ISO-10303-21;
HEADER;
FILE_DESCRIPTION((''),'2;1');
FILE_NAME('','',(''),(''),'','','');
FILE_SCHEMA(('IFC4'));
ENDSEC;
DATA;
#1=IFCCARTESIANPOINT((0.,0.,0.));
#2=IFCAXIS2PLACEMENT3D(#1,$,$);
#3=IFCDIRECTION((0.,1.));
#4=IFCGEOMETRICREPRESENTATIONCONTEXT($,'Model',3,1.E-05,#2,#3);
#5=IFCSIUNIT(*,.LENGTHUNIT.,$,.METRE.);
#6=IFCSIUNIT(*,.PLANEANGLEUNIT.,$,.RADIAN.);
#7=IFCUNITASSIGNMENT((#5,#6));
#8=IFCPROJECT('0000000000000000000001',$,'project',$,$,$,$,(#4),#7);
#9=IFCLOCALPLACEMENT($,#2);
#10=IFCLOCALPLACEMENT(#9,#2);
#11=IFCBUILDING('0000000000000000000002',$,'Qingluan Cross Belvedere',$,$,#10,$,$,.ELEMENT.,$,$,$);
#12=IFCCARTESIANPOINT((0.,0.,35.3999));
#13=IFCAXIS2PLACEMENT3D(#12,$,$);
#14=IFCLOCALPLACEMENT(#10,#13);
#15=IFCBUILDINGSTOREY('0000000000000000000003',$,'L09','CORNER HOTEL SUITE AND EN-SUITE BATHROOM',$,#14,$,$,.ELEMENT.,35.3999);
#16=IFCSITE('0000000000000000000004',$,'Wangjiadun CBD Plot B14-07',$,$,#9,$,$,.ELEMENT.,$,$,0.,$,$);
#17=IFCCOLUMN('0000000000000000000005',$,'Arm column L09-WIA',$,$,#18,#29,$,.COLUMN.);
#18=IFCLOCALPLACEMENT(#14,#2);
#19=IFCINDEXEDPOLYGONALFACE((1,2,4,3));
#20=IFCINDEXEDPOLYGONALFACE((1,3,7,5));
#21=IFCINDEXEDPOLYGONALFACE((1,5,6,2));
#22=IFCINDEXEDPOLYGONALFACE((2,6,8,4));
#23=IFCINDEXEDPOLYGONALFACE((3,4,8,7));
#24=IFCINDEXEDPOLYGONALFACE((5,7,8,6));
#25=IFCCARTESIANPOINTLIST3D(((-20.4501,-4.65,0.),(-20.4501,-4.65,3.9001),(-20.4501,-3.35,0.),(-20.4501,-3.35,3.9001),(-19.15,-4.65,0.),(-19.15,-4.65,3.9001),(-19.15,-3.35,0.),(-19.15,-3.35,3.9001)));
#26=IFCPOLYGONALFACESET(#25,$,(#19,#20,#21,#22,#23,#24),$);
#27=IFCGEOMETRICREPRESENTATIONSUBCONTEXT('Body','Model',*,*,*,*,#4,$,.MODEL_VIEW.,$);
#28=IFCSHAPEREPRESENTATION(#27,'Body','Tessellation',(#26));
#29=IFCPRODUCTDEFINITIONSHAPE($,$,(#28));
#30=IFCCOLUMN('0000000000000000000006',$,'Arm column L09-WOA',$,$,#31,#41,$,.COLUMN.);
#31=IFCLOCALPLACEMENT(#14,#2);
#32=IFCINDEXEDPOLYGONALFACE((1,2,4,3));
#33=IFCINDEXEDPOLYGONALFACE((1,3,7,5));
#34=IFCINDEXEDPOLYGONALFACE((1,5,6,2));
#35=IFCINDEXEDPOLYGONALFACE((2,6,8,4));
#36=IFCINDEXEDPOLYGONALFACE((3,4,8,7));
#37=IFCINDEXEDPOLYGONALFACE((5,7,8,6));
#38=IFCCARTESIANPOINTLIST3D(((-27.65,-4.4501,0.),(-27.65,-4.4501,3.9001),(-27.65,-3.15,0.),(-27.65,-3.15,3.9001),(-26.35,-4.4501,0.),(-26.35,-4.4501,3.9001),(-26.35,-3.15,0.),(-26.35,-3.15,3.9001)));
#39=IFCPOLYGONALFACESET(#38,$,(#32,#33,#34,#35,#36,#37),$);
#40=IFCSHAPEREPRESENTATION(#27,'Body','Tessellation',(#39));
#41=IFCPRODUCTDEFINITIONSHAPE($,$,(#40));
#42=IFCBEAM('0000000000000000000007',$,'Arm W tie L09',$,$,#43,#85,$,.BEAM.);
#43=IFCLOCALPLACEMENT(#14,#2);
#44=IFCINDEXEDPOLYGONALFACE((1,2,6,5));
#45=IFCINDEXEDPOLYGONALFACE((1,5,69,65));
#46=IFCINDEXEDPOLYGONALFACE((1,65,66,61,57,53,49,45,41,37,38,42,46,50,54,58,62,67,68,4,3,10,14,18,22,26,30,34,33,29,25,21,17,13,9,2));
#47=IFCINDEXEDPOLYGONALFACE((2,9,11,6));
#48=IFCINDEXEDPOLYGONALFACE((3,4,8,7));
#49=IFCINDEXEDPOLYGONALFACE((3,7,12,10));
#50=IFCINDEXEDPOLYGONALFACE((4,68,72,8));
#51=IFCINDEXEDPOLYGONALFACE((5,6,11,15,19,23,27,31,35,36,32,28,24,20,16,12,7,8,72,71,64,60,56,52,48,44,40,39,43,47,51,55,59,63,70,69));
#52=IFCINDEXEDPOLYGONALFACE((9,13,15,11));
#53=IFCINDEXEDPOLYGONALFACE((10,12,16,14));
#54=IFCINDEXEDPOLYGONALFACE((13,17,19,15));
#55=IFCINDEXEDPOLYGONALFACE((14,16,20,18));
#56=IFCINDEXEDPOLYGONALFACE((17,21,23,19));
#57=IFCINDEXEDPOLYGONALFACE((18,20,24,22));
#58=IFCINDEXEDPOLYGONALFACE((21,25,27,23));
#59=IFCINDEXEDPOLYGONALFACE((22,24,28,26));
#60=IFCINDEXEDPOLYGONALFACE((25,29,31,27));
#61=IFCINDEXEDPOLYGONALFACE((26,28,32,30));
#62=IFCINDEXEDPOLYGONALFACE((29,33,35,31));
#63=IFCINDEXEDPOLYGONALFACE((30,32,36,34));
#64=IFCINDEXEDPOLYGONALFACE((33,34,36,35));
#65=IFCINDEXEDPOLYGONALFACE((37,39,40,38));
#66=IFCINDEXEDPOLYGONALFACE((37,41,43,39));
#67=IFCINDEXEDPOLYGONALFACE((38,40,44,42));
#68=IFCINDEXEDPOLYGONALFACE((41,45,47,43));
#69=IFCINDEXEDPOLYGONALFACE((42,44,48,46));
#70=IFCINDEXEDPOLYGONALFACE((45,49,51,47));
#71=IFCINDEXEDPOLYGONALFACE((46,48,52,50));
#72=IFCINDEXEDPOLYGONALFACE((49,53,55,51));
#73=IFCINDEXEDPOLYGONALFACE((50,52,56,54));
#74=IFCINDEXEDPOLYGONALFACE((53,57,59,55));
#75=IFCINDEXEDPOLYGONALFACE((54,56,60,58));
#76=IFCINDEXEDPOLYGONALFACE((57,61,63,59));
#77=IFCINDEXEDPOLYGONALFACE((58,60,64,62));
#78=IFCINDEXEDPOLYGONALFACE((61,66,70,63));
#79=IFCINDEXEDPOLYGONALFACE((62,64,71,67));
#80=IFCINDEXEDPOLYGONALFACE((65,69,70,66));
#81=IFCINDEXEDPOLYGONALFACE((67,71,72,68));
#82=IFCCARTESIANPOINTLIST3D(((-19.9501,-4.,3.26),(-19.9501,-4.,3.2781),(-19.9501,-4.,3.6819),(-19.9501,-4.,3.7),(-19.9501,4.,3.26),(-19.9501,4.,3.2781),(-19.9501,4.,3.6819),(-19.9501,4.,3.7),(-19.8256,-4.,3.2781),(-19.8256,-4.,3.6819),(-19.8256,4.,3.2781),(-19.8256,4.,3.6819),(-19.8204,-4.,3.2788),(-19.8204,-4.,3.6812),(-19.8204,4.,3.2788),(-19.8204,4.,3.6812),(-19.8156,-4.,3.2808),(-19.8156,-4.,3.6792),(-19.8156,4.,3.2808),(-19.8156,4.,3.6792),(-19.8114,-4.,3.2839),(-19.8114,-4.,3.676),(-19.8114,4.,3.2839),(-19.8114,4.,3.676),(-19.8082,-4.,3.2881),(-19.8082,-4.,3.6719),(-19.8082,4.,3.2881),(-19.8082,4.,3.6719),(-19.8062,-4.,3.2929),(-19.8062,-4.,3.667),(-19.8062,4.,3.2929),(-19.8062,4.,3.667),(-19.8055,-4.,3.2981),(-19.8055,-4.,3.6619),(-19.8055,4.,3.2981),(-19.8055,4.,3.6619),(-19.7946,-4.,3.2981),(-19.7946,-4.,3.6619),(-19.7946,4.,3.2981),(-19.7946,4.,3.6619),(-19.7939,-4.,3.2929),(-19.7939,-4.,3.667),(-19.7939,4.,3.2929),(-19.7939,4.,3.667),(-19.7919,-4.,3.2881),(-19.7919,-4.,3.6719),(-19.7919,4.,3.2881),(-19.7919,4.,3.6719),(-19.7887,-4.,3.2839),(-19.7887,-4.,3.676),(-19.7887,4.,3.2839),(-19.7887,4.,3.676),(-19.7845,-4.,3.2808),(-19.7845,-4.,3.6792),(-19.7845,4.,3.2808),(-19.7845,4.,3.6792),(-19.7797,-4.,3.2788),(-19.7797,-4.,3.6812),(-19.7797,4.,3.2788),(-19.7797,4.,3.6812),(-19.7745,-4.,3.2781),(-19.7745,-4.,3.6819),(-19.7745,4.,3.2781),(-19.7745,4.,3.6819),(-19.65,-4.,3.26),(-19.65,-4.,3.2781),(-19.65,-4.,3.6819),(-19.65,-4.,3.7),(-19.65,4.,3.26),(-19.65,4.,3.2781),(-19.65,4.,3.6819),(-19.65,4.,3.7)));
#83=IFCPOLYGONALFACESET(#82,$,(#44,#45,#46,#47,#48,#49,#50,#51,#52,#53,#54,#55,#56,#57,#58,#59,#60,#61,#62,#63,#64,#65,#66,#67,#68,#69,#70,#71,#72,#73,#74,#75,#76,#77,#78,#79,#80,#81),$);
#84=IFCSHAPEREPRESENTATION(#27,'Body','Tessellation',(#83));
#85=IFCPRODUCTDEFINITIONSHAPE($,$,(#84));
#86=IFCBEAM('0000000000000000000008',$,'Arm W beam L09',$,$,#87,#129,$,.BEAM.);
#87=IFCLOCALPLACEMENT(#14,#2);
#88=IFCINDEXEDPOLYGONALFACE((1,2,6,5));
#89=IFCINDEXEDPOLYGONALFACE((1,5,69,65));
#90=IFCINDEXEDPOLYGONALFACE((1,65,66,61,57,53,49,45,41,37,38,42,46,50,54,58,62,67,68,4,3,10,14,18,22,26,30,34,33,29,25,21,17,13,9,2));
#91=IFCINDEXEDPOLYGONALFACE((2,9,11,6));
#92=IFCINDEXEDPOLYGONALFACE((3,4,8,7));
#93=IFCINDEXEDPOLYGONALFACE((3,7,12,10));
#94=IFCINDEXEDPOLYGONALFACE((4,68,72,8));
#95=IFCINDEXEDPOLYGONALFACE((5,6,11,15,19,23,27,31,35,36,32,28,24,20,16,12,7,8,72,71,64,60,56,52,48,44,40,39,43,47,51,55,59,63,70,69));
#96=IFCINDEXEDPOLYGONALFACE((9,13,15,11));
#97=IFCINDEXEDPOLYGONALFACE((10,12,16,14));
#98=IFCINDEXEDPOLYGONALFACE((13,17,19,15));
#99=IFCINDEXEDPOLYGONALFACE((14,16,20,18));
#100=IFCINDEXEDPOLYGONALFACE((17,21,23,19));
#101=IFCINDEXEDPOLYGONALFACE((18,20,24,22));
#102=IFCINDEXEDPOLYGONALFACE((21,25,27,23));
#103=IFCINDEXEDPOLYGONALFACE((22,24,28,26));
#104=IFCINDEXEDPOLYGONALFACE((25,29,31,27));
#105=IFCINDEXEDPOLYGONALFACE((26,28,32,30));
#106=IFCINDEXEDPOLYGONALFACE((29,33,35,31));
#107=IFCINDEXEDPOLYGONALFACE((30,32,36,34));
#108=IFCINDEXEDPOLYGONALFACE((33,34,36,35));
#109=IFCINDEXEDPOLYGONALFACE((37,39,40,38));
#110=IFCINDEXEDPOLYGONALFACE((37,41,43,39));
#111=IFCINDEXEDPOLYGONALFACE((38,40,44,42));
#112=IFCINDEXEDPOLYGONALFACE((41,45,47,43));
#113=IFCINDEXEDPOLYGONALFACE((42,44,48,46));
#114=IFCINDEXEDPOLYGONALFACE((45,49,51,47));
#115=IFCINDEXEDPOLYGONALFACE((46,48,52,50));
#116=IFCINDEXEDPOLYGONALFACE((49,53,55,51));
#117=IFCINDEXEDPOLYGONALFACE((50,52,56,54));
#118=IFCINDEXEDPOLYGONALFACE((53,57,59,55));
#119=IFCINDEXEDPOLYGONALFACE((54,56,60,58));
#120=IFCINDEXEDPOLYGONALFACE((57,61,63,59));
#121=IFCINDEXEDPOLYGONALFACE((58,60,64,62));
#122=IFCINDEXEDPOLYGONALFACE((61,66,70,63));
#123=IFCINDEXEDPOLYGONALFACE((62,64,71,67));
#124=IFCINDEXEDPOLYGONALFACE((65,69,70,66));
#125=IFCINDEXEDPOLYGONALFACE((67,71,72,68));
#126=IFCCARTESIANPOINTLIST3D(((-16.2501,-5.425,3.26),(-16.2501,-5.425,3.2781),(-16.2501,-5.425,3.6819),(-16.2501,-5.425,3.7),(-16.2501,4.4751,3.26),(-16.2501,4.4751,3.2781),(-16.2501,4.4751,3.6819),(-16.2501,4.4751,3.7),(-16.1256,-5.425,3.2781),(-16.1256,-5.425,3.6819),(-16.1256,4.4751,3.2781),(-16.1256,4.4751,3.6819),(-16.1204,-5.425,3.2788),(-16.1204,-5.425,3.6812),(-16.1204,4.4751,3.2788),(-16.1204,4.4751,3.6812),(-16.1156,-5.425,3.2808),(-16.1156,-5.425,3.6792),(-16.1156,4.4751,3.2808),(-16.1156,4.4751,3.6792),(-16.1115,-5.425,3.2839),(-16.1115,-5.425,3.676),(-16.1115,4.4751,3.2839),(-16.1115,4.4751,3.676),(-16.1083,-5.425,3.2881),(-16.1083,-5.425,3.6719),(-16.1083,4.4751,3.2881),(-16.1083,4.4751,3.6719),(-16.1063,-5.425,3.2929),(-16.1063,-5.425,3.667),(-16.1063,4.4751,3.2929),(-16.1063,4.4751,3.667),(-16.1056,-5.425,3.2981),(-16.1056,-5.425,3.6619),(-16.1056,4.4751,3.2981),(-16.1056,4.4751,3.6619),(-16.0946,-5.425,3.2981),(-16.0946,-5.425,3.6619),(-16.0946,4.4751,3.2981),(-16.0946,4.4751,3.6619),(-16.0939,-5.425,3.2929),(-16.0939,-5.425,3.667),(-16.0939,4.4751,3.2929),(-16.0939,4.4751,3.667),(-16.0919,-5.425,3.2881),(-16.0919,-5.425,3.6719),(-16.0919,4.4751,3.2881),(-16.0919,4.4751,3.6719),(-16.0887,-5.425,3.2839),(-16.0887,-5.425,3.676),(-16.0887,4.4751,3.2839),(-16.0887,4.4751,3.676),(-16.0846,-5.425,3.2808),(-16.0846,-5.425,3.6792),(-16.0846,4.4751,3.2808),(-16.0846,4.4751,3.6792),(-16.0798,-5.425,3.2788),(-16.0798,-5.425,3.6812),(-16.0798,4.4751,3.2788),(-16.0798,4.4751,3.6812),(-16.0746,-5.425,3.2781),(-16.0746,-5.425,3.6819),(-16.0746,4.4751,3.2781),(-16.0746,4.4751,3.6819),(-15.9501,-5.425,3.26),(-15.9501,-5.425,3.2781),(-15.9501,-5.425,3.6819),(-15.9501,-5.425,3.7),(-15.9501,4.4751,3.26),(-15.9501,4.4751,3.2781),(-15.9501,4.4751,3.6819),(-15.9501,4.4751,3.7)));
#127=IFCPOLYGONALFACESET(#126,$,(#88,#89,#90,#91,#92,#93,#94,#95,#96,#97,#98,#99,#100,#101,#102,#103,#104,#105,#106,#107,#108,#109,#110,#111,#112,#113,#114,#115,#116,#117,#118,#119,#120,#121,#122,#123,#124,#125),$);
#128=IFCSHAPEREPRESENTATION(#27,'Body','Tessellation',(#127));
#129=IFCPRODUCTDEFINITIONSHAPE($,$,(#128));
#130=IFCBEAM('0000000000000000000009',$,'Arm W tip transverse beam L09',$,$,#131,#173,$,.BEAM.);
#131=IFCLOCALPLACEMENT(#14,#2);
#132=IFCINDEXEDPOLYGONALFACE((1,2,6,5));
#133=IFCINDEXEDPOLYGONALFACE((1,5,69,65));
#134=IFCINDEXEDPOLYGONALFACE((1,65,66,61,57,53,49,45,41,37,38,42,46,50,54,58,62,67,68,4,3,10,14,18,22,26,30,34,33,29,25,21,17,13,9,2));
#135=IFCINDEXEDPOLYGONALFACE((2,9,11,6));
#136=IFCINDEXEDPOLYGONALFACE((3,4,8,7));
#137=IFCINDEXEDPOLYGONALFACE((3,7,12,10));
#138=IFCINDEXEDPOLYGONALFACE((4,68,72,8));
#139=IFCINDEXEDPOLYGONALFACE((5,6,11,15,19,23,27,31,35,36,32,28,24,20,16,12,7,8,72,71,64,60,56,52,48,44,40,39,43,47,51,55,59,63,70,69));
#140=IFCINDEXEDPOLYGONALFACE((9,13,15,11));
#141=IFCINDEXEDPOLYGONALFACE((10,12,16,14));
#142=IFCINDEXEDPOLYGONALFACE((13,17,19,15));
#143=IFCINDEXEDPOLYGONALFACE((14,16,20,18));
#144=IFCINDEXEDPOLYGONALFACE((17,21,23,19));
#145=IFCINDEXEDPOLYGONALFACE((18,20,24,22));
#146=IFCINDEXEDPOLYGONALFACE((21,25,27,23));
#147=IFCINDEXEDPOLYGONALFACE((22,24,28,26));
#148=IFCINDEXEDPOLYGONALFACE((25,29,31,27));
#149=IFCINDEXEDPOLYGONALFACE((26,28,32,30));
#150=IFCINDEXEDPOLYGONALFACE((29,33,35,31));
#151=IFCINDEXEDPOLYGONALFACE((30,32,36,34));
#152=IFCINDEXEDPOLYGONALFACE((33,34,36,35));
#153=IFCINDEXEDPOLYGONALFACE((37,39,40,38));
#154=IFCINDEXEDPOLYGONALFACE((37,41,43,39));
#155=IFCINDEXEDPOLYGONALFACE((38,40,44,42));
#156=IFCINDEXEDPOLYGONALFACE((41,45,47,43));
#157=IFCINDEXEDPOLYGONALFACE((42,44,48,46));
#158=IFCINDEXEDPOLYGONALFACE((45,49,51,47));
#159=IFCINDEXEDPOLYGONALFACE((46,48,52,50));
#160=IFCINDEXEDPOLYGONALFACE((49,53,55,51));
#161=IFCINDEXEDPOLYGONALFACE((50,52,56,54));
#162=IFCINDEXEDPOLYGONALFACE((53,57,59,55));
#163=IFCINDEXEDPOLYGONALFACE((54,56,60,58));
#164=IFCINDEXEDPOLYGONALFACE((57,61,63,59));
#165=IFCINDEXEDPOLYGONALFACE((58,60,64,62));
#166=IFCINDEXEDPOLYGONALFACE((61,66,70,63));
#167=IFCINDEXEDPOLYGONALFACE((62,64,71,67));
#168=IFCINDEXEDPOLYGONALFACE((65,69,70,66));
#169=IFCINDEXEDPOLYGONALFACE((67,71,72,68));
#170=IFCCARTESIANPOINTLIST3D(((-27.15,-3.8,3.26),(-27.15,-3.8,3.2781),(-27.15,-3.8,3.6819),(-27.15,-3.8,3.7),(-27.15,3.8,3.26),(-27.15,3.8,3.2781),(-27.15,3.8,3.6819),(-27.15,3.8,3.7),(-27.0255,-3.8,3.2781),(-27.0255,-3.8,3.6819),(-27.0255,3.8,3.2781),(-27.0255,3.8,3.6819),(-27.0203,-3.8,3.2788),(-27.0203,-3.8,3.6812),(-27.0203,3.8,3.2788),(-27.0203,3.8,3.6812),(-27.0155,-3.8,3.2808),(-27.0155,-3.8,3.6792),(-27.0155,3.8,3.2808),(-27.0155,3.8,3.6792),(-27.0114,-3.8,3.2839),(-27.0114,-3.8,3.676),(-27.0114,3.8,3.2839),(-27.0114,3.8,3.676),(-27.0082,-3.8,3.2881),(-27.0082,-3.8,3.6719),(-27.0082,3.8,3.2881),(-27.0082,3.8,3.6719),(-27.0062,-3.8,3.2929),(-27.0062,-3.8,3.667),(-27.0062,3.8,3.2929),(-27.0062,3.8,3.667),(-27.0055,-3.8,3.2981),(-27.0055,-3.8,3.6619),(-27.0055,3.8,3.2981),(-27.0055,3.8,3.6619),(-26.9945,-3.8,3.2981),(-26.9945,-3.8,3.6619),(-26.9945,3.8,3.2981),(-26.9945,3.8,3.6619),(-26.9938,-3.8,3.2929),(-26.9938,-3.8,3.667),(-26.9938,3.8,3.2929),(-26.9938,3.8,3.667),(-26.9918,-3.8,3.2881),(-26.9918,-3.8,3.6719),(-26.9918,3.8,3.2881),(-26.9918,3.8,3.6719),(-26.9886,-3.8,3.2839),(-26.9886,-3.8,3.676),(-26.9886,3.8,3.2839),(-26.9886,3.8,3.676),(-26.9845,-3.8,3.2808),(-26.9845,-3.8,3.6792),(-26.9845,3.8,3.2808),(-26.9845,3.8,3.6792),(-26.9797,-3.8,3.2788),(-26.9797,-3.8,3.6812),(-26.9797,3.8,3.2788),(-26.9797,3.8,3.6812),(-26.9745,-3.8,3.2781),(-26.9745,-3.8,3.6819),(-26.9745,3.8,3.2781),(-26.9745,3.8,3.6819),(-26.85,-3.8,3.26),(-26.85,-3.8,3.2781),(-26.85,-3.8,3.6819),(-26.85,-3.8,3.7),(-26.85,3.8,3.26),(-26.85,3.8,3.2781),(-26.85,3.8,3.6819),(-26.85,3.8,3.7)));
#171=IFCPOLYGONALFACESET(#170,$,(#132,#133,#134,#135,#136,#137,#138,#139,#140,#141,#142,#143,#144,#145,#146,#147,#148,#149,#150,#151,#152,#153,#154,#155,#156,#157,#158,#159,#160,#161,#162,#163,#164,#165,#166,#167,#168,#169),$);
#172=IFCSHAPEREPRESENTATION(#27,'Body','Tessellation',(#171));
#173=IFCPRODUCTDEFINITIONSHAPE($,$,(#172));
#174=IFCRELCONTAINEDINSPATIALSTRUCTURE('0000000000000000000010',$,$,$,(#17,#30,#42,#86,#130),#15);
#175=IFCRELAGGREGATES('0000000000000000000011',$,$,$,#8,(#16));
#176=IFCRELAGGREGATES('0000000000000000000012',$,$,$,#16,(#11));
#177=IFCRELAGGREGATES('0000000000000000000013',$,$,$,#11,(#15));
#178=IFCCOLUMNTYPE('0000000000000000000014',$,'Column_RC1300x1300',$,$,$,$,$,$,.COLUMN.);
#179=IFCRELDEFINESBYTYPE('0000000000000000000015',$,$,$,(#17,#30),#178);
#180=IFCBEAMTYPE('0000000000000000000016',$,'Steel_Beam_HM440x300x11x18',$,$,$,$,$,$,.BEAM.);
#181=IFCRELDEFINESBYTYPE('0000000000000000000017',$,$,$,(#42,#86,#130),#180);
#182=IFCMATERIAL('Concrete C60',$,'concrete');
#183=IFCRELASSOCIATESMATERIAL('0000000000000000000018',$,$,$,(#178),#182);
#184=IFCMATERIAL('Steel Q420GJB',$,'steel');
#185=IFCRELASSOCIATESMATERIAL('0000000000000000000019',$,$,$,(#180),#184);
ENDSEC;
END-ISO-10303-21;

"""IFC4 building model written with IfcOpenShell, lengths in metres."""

from ifc_helpers import new_model, si_unit, direction, frame, origin, origin_2d, place, context, subcontext, project, spatial, rectangle, i_section, extrude, material, material_profile, profile_set, type_object, element, save


model = new_model("IFC4")

# Units and contexts
model_context = context("Model", 3, precision=1e-05, world=origin(), true_north=direction((0.0, 1.0)))
body_context = subcontext(model_context, "Body", "Model", "MODEL_VIEW")
ifc_project = project(units=[si_unit("LENGTHUNIT", "METRE"), si_unit("PLANEANGLEUNIT", "RADIAN")], contexts=[model_context])

# Site, building, storey
site_placement = place(None, origin())
site = spatial("IfcSite", under=ifc_project, at=site_placement, Name="Wangjiadun CBD Plot B14-07", CompositionType="ELEMENT", RefElevation=0.0)
building_placement = place(site_placement, origin())
building = spatial("IfcBuilding", under=site, at=building_placement, Name="Qingluan Cross Belvedere", CompositionType="ELEMENT")
storey_placement = place(building_placement, frame((0.0, 0.0, 35.3999)))
storey = spatial("IfcBuildingStorey", under=building, at=storey_placement, Name="L09", Description="CORNER HOTEL SUITE AND EN-SUITE BATHROOM", CompositionType="ELEMENT", Elevation=35.3999)

# Columns
ifc_material_1 = material(Name="Concrete C60", Category="concrete")
ifc_material_profile_1 = material_profile(ifc_material_1, rectangle(XDim=1.3, YDim=1.3, at=origin_2d()), Name="RC1300x1300")
ifc_profile_set_1 = profile_set([ifc_material_profile_1], Name="Concrete C60")
column_type = type_object("IfcColumnType", Name="Column_RC1300x1300", PredefinedType="COLUMN", material=ifc_profile_set_1)
for number, where, z_axis, x_axis, name in (
    (1, (-19.8, -4.0, 0.0), (0.0, 0.0, 1.0), (1.0, 0.0, 0.0), "Arm column L09-WIA"),
    (2, (-27.0, -3.8, 0.0), (0.0, 0.0, 1.0), (1.0, 0.0, 0.0), "Arm column L09-WOA"),
):
    element("IfcColumn", number, at=place(storey_placement, frame(where, z_axis=z_axis, x_axis=x_axis)), inside=storey, type_object=column_type, Name=name, PredefinedType="COLUMN", context=body_context, shape_type="SweptSolid", body=[
        extrude(rectangle(XDim=1.3, YDim=1.3, at=origin_2d()), origin(), (0.0, 0.0, 1.0), 3.9001),
    ])

# Beams
ifc_material_2 = material(Name="Steel Q420GJB", Category="steel")
ifc_material_profile_2 = material_profile(ifc_material_2, i_section(OverallWidth=0.3, OverallDepth=0.4399, WebThickness=0.011, FlangeThickness=0.0181, FilletRadius=0.02, at=origin_2d()), Name="HM440x300x11x18")
ifc_profile_set_2 = profile_set([ifc_material_profile_2], Name="Steel Q420GJB")
beam_type_1 = type_object("IfcBeamType", Name="Steel_Beam_HM440x300x11x18", PredefinedType="BEAM", material=ifc_profile_set_2)
beam_1_placement = place(storey_placement, frame((-19.8, -4.0, 3.48), z_axis=(0.0, 1.0, 0.0), x_axis=(-1.0, 0.0, 0.0)))
element("IfcBeam", 3, at=beam_1_placement, inside=storey, type_object=beam_type_1, Name="Arm W tie L09", PredefinedType="BEAM", context=body_context, shape_type="SweptSolid", body=[
    extrude(i_section(OverallWidth=0.3, OverallDepth=0.4399, WebThickness=0.011, FlangeThickness=0.0181, FilletRadius=0.02, at=origin_2d()), origin(), (0.0, 0.0, 1.0), 8.0),
])
beam_2_placement = place(storey_placement, frame((-16.1001, -5.425, 3.48), z_axis=(0.0, 1.0, 0.0), x_axis=(-1.0, 0.0, 0.0)))
element("IfcBeam", 4, at=beam_2_placement, inside=storey, type_object=beam_type_1, Name="Arm W beam L09", PredefinedType="BEAM", context=body_context, shape_type="SweptSolid", body=[
    extrude(i_section(OverallWidth=0.3, OverallDepth=0.4399, WebThickness=0.011, FlangeThickness=0.0181, FilletRadius=0.02, at=origin_2d()), origin(), (0.0, 0.0, 1.0), 9.9001),
])
beam_3_placement = place(storey_placement, frame((-27.0, -3.8, 3.48), z_axis=(0.0, 1.0, 0.0), x_axis=(-1.0, 0.0, 0.0)))
element("IfcBeam", 5, at=beam_3_placement, inside=storey, type_object=beam_type_1, Name="Arm W tip transverse beam L09", PredefinedType="BEAM", context=body_context, shape_type="SweptSolid", body=[
    extrude(i_section(OverallWidth=0.3, OverallDepth=0.4399, WebThickness=0.011, FlangeThickness=0.0181, FilletRadius=0.02, at=origin_2d()), origin(), (0.0, 0.0, 1.0), 7.6001),
])

save(model, "model.ifc")
